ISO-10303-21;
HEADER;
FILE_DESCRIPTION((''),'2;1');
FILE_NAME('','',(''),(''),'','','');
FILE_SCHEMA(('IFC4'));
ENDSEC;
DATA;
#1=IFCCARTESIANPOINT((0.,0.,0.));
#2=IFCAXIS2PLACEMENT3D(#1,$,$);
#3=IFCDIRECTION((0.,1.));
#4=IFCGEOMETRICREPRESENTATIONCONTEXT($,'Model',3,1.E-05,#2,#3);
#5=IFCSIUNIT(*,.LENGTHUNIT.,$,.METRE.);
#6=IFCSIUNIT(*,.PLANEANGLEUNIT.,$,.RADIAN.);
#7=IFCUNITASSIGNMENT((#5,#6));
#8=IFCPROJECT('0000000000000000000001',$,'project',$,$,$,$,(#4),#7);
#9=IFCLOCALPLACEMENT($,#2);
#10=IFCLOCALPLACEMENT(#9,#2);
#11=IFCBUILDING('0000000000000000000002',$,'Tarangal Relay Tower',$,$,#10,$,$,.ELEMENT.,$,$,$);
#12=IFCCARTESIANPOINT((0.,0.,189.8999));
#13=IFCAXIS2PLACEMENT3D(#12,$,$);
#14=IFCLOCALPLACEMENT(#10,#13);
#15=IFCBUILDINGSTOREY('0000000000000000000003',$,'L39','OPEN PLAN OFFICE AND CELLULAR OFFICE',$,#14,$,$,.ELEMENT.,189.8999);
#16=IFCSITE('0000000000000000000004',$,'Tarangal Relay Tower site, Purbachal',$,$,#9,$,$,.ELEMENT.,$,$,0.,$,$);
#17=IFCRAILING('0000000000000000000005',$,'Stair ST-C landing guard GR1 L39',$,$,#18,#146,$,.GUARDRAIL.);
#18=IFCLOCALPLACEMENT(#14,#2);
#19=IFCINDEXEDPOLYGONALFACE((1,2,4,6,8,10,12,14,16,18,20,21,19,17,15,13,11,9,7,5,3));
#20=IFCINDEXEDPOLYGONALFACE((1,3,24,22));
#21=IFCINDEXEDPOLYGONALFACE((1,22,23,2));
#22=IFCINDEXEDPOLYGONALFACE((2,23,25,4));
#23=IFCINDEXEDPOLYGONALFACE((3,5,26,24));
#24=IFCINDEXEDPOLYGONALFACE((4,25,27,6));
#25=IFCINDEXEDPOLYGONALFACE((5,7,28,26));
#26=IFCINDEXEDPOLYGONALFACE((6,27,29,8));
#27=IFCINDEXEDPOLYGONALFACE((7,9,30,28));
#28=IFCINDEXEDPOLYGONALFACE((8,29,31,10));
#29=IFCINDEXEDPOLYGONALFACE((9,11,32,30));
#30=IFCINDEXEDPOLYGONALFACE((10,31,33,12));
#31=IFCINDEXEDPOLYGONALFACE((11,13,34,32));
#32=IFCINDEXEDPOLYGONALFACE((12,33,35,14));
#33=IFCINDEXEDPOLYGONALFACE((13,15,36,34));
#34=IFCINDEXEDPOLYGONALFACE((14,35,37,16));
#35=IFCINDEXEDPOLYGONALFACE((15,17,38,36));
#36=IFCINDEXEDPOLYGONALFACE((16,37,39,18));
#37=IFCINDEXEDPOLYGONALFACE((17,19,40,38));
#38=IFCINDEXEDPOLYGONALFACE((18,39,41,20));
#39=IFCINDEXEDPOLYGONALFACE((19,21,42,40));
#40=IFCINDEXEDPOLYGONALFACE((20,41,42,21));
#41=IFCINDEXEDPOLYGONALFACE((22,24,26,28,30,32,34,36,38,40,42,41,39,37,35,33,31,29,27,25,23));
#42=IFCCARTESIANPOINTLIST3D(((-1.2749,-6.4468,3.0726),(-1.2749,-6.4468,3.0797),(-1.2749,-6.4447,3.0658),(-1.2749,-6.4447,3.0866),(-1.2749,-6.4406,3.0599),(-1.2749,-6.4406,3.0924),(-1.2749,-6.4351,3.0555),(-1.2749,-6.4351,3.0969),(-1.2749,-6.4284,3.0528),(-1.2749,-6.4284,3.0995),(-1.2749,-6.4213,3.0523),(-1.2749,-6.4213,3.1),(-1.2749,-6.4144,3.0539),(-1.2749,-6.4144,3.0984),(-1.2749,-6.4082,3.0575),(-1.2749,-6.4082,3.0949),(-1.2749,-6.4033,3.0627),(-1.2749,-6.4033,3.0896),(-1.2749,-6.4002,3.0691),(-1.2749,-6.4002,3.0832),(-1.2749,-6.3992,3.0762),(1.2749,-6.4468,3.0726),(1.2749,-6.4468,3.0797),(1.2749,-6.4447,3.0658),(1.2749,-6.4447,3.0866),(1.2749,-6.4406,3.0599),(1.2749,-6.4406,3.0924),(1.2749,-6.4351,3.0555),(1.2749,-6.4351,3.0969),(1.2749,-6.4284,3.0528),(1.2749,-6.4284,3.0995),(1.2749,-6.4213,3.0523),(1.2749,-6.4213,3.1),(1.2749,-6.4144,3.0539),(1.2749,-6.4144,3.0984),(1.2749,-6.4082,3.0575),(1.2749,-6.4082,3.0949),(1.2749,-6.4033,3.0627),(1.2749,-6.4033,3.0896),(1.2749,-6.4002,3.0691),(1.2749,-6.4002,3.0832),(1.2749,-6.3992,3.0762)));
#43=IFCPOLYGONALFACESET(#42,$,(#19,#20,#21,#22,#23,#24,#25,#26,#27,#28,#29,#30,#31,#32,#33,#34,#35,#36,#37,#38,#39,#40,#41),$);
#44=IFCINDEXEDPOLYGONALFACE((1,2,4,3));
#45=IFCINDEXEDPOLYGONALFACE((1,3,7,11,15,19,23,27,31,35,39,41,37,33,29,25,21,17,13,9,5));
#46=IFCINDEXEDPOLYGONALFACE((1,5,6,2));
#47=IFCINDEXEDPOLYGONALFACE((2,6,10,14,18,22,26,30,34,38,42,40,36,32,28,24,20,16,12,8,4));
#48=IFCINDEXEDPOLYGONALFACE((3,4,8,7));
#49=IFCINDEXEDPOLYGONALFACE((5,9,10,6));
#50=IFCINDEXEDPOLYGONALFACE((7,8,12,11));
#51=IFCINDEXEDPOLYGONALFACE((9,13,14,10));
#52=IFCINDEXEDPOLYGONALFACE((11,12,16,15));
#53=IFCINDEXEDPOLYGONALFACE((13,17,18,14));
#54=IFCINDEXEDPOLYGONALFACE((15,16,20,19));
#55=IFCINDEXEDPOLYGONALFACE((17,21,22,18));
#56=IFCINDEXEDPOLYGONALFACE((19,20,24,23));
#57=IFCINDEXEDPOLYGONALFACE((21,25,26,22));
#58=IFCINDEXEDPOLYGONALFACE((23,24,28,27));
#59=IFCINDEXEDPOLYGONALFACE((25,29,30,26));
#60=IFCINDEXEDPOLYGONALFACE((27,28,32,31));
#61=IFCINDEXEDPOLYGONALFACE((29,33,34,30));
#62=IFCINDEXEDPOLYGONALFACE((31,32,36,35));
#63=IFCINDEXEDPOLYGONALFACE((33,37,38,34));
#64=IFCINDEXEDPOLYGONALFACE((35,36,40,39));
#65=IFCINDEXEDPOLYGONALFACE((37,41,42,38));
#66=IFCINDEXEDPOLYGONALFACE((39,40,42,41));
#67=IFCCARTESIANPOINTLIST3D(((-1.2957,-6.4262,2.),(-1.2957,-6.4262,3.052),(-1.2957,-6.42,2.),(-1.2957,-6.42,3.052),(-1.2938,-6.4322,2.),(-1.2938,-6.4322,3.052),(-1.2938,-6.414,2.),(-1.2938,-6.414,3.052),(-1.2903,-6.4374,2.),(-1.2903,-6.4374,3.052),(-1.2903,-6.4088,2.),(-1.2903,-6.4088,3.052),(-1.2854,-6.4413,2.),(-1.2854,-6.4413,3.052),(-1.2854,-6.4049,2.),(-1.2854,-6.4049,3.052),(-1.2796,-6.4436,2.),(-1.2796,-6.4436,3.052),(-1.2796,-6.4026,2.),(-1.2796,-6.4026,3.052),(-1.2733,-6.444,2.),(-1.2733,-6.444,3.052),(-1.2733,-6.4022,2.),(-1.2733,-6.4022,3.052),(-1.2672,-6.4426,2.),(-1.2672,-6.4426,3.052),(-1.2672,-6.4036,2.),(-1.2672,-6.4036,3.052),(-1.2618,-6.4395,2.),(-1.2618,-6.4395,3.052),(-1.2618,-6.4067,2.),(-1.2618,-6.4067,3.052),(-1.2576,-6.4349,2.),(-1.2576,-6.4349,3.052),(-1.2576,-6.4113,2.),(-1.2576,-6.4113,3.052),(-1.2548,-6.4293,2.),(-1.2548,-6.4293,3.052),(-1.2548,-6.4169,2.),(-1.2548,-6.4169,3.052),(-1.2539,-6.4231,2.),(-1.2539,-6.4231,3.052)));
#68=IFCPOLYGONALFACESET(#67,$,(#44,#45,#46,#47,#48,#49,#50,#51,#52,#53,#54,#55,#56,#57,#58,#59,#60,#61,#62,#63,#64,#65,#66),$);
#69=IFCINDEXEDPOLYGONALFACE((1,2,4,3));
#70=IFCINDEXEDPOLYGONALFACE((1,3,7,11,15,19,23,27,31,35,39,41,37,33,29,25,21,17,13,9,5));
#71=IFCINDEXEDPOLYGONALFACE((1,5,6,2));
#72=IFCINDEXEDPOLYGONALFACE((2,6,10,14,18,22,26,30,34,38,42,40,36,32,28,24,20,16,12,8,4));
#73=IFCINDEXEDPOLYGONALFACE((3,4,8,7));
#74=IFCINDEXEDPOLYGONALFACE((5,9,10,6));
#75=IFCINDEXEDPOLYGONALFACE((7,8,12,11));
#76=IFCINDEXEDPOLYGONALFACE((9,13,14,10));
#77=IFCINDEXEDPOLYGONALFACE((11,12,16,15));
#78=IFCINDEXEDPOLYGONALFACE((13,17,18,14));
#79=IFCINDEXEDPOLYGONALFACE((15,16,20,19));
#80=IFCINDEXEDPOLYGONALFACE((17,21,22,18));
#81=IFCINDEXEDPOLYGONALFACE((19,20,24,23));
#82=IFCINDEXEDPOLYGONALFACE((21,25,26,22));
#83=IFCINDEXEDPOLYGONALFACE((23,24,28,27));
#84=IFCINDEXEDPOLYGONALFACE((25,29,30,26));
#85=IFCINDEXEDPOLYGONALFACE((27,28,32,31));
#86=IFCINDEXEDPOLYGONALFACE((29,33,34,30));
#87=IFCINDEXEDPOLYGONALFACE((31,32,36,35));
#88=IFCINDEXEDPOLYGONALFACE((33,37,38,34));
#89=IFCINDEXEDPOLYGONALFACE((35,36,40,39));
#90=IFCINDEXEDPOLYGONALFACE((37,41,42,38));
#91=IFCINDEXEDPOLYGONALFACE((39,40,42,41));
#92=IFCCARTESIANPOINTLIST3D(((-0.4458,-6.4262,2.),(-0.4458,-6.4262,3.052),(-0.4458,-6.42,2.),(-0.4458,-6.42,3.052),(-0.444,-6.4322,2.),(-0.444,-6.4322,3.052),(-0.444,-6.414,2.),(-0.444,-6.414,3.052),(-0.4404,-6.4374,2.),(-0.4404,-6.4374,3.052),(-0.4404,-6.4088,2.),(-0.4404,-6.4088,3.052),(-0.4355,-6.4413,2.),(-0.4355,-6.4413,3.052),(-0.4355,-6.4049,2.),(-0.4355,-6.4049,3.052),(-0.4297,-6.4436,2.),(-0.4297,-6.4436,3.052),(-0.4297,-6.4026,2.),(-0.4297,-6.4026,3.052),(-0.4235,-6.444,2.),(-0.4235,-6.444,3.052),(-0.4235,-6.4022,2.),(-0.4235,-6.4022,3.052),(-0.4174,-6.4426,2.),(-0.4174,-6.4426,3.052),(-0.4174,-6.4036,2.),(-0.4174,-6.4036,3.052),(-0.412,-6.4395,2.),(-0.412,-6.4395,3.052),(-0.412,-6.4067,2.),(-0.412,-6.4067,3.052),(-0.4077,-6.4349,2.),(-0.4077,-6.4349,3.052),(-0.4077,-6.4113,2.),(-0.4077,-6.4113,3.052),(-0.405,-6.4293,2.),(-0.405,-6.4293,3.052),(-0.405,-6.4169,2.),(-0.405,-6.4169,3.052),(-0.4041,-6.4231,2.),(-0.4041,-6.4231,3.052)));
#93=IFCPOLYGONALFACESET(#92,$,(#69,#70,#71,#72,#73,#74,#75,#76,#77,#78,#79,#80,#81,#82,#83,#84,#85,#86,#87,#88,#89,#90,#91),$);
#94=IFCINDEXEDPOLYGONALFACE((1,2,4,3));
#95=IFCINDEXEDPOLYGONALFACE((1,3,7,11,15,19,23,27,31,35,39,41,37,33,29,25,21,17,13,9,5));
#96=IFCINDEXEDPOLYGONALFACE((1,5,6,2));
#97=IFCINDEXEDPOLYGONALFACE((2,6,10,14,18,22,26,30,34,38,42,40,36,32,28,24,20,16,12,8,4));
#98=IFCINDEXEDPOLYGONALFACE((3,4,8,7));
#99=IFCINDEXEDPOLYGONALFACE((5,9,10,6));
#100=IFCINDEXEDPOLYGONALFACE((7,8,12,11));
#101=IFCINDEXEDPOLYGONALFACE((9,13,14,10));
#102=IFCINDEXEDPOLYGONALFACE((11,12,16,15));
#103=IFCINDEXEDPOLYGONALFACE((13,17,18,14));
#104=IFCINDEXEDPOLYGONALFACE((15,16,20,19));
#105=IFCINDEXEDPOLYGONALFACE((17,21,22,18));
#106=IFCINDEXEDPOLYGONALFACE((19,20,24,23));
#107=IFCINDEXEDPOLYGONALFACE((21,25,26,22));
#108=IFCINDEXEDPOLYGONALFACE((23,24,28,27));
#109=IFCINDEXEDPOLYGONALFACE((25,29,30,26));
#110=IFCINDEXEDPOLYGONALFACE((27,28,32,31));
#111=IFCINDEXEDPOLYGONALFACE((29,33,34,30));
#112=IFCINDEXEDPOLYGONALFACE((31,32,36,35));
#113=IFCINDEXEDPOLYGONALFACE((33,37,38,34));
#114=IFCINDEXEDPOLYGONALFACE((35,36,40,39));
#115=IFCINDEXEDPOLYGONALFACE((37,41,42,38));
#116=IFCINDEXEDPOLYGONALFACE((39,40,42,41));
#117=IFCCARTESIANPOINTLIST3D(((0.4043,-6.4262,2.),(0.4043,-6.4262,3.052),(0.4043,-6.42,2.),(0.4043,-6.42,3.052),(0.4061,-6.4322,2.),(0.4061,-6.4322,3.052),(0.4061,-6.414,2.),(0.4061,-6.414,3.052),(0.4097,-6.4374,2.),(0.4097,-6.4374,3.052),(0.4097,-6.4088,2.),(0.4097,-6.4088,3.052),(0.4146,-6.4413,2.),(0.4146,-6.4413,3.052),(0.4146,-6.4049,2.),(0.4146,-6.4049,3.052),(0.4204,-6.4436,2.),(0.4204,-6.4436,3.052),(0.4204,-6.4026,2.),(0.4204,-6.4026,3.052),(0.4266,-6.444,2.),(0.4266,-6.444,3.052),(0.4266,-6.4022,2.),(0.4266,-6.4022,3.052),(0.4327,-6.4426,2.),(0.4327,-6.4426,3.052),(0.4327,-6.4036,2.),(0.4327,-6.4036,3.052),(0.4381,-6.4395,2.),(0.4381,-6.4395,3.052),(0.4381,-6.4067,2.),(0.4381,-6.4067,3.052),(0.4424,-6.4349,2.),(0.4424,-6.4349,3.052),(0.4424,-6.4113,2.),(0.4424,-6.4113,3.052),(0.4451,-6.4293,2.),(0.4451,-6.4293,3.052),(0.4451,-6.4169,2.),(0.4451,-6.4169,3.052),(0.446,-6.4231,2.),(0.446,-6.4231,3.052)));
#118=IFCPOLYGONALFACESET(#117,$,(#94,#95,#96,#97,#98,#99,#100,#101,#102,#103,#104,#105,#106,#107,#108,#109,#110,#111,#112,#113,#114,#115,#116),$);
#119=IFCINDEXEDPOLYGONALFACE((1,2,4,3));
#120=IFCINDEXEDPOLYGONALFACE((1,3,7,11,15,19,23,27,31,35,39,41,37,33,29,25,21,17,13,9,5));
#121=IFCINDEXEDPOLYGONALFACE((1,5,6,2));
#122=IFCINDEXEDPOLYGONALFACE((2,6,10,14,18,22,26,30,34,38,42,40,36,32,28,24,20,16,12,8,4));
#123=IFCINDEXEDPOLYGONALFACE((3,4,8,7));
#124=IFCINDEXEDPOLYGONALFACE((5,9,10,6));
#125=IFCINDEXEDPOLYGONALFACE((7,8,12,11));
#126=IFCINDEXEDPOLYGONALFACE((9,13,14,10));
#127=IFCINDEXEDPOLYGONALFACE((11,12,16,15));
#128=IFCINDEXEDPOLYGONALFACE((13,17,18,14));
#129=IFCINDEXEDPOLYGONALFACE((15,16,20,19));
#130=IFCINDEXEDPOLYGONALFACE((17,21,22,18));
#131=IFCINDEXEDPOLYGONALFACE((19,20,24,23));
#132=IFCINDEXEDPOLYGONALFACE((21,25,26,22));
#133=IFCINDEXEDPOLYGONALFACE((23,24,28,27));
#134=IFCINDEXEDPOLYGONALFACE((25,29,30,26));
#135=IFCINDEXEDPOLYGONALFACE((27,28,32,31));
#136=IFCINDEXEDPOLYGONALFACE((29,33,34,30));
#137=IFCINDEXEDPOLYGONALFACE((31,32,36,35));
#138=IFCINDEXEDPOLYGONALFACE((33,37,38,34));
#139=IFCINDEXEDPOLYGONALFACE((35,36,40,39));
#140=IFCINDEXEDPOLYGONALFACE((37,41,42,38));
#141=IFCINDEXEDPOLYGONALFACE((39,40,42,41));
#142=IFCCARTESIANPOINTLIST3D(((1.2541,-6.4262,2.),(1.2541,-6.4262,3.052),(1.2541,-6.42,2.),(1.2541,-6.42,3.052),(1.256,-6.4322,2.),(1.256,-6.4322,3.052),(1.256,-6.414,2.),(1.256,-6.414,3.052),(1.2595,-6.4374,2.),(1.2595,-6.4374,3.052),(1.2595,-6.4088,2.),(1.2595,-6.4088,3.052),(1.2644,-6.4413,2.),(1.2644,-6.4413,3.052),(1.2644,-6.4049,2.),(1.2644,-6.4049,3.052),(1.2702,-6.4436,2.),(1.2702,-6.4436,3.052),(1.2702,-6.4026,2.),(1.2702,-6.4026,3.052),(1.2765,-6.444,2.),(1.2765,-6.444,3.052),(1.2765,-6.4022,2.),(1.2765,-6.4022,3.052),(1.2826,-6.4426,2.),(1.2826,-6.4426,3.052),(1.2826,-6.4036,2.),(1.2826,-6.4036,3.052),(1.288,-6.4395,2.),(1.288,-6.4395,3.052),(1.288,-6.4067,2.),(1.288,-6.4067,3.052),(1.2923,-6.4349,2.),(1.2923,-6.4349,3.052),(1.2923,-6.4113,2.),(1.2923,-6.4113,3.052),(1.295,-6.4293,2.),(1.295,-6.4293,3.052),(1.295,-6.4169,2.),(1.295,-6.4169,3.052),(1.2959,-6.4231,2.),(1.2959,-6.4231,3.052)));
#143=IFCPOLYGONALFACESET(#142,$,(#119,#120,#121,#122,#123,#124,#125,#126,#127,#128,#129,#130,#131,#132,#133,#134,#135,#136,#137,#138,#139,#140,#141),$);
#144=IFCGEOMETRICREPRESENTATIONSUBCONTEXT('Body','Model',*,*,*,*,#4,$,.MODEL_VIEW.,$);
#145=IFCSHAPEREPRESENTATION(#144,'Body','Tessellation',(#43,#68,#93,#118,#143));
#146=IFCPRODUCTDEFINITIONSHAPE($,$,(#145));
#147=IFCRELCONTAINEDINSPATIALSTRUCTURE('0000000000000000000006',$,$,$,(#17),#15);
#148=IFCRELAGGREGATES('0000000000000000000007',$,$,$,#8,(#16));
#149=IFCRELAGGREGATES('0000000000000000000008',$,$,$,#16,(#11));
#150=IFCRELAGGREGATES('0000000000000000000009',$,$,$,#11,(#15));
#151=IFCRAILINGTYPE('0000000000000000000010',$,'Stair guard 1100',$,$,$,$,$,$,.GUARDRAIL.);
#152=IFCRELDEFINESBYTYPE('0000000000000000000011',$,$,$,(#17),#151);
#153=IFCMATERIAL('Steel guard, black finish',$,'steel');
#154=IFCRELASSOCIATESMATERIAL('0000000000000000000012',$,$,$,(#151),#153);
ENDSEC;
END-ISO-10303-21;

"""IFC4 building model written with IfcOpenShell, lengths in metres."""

from ifc_helpers import new_model, si_unit, direction, frame, origin, origin_2d, place, context, subcontext, project, spatial, circle, extrude, material, type_object, element, save


model = new_model("IFC4")

# Units and contexts
model_context = context("Model", 3, precision=1e-05, world=origin(), true_north=direction((0.0, 1.0)))
body_context = subcontext(model_context, "Body", "Model", "MODEL_VIEW")
ifc_project = project(units=[si_unit("LENGTHUNIT", "METRE"), si_unit("PLANEANGLEUNIT", "RADIAN")], contexts=[model_context])

# Site, building, storey
site_placement = place(None, origin())
site = spatial("IfcSite", under=ifc_project, at=site_placement, Name="Tarangal Relay Tower site, Purbachal", CompositionType="ELEMENT", RefElevation=0.0)
building_placement = place(site_placement, origin())
building = spatial("IfcBuilding", under=site, at=building_placement, Name="Tarangal Relay Tower", CompositionType="ELEMENT")
storey_placement = place(building_placement, frame((0.0, 0.0, 189.8999)))
storey = spatial("IfcBuildingStorey", under=building, at=storey_placement, Name="L39", Description="OPEN PLAN OFFICE AND CELLULAR OFFICE", CompositionType="ELEMENT", Elevation=189.8999)

# Railing
ifc_material_1 = material(Name="Steel guard, black finish", Category="steel")
railing_type_1 = type_object("IfcRailingType", Name="Stair guard 1100", PredefinedType="GUARDRAIL", material=ifc_material_1)
for number, where, name in (
    (1, (-1.2749, -6.4231, 2.0), "Stair ST-C landing guard GR1 L39"),
):
    element("IfcRailing", number, at=place(storey_placement, frame(where)), inside=storey, type_object=railing_type_1, Name=name, PredefinedType="GUARDRAIL", context=body_context, shape_type="SweptSolid", body=[
        extrude(circle(Radius=0.0239, at=origin_2d()), frame((0.0, 0.0, 1.0762), z_axis=(1.0, 0.0, 0.0), x_axis=(0.0, 1.0, 0.0)), (0.0, 0.0, 1.0), 2.5498),
        extrude(circle(Radius=0.021, at=origin_2d()), origin(), (0.0, 0.0, 1.0), 1.052),
        extrude(circle(Radius=0.021, at=origin_2d()), frame((0.8499, 0.0, 0.0)), (0.0, 0.0, 1.0), 1.052),
        extrude(circle(Radius=0.021, at=origin_2d()), frame((1.7, 0.0, 0.0)), (0.0, 0.0, 1.0), 1.052),
        extrude(circle(Radius=0.021, at=origin_2d()), frame((2.5498, 0.0, 0.0)), (0.0, 0.0, 1.0), 1.052),
    ])

save(model, "model.ifc")
